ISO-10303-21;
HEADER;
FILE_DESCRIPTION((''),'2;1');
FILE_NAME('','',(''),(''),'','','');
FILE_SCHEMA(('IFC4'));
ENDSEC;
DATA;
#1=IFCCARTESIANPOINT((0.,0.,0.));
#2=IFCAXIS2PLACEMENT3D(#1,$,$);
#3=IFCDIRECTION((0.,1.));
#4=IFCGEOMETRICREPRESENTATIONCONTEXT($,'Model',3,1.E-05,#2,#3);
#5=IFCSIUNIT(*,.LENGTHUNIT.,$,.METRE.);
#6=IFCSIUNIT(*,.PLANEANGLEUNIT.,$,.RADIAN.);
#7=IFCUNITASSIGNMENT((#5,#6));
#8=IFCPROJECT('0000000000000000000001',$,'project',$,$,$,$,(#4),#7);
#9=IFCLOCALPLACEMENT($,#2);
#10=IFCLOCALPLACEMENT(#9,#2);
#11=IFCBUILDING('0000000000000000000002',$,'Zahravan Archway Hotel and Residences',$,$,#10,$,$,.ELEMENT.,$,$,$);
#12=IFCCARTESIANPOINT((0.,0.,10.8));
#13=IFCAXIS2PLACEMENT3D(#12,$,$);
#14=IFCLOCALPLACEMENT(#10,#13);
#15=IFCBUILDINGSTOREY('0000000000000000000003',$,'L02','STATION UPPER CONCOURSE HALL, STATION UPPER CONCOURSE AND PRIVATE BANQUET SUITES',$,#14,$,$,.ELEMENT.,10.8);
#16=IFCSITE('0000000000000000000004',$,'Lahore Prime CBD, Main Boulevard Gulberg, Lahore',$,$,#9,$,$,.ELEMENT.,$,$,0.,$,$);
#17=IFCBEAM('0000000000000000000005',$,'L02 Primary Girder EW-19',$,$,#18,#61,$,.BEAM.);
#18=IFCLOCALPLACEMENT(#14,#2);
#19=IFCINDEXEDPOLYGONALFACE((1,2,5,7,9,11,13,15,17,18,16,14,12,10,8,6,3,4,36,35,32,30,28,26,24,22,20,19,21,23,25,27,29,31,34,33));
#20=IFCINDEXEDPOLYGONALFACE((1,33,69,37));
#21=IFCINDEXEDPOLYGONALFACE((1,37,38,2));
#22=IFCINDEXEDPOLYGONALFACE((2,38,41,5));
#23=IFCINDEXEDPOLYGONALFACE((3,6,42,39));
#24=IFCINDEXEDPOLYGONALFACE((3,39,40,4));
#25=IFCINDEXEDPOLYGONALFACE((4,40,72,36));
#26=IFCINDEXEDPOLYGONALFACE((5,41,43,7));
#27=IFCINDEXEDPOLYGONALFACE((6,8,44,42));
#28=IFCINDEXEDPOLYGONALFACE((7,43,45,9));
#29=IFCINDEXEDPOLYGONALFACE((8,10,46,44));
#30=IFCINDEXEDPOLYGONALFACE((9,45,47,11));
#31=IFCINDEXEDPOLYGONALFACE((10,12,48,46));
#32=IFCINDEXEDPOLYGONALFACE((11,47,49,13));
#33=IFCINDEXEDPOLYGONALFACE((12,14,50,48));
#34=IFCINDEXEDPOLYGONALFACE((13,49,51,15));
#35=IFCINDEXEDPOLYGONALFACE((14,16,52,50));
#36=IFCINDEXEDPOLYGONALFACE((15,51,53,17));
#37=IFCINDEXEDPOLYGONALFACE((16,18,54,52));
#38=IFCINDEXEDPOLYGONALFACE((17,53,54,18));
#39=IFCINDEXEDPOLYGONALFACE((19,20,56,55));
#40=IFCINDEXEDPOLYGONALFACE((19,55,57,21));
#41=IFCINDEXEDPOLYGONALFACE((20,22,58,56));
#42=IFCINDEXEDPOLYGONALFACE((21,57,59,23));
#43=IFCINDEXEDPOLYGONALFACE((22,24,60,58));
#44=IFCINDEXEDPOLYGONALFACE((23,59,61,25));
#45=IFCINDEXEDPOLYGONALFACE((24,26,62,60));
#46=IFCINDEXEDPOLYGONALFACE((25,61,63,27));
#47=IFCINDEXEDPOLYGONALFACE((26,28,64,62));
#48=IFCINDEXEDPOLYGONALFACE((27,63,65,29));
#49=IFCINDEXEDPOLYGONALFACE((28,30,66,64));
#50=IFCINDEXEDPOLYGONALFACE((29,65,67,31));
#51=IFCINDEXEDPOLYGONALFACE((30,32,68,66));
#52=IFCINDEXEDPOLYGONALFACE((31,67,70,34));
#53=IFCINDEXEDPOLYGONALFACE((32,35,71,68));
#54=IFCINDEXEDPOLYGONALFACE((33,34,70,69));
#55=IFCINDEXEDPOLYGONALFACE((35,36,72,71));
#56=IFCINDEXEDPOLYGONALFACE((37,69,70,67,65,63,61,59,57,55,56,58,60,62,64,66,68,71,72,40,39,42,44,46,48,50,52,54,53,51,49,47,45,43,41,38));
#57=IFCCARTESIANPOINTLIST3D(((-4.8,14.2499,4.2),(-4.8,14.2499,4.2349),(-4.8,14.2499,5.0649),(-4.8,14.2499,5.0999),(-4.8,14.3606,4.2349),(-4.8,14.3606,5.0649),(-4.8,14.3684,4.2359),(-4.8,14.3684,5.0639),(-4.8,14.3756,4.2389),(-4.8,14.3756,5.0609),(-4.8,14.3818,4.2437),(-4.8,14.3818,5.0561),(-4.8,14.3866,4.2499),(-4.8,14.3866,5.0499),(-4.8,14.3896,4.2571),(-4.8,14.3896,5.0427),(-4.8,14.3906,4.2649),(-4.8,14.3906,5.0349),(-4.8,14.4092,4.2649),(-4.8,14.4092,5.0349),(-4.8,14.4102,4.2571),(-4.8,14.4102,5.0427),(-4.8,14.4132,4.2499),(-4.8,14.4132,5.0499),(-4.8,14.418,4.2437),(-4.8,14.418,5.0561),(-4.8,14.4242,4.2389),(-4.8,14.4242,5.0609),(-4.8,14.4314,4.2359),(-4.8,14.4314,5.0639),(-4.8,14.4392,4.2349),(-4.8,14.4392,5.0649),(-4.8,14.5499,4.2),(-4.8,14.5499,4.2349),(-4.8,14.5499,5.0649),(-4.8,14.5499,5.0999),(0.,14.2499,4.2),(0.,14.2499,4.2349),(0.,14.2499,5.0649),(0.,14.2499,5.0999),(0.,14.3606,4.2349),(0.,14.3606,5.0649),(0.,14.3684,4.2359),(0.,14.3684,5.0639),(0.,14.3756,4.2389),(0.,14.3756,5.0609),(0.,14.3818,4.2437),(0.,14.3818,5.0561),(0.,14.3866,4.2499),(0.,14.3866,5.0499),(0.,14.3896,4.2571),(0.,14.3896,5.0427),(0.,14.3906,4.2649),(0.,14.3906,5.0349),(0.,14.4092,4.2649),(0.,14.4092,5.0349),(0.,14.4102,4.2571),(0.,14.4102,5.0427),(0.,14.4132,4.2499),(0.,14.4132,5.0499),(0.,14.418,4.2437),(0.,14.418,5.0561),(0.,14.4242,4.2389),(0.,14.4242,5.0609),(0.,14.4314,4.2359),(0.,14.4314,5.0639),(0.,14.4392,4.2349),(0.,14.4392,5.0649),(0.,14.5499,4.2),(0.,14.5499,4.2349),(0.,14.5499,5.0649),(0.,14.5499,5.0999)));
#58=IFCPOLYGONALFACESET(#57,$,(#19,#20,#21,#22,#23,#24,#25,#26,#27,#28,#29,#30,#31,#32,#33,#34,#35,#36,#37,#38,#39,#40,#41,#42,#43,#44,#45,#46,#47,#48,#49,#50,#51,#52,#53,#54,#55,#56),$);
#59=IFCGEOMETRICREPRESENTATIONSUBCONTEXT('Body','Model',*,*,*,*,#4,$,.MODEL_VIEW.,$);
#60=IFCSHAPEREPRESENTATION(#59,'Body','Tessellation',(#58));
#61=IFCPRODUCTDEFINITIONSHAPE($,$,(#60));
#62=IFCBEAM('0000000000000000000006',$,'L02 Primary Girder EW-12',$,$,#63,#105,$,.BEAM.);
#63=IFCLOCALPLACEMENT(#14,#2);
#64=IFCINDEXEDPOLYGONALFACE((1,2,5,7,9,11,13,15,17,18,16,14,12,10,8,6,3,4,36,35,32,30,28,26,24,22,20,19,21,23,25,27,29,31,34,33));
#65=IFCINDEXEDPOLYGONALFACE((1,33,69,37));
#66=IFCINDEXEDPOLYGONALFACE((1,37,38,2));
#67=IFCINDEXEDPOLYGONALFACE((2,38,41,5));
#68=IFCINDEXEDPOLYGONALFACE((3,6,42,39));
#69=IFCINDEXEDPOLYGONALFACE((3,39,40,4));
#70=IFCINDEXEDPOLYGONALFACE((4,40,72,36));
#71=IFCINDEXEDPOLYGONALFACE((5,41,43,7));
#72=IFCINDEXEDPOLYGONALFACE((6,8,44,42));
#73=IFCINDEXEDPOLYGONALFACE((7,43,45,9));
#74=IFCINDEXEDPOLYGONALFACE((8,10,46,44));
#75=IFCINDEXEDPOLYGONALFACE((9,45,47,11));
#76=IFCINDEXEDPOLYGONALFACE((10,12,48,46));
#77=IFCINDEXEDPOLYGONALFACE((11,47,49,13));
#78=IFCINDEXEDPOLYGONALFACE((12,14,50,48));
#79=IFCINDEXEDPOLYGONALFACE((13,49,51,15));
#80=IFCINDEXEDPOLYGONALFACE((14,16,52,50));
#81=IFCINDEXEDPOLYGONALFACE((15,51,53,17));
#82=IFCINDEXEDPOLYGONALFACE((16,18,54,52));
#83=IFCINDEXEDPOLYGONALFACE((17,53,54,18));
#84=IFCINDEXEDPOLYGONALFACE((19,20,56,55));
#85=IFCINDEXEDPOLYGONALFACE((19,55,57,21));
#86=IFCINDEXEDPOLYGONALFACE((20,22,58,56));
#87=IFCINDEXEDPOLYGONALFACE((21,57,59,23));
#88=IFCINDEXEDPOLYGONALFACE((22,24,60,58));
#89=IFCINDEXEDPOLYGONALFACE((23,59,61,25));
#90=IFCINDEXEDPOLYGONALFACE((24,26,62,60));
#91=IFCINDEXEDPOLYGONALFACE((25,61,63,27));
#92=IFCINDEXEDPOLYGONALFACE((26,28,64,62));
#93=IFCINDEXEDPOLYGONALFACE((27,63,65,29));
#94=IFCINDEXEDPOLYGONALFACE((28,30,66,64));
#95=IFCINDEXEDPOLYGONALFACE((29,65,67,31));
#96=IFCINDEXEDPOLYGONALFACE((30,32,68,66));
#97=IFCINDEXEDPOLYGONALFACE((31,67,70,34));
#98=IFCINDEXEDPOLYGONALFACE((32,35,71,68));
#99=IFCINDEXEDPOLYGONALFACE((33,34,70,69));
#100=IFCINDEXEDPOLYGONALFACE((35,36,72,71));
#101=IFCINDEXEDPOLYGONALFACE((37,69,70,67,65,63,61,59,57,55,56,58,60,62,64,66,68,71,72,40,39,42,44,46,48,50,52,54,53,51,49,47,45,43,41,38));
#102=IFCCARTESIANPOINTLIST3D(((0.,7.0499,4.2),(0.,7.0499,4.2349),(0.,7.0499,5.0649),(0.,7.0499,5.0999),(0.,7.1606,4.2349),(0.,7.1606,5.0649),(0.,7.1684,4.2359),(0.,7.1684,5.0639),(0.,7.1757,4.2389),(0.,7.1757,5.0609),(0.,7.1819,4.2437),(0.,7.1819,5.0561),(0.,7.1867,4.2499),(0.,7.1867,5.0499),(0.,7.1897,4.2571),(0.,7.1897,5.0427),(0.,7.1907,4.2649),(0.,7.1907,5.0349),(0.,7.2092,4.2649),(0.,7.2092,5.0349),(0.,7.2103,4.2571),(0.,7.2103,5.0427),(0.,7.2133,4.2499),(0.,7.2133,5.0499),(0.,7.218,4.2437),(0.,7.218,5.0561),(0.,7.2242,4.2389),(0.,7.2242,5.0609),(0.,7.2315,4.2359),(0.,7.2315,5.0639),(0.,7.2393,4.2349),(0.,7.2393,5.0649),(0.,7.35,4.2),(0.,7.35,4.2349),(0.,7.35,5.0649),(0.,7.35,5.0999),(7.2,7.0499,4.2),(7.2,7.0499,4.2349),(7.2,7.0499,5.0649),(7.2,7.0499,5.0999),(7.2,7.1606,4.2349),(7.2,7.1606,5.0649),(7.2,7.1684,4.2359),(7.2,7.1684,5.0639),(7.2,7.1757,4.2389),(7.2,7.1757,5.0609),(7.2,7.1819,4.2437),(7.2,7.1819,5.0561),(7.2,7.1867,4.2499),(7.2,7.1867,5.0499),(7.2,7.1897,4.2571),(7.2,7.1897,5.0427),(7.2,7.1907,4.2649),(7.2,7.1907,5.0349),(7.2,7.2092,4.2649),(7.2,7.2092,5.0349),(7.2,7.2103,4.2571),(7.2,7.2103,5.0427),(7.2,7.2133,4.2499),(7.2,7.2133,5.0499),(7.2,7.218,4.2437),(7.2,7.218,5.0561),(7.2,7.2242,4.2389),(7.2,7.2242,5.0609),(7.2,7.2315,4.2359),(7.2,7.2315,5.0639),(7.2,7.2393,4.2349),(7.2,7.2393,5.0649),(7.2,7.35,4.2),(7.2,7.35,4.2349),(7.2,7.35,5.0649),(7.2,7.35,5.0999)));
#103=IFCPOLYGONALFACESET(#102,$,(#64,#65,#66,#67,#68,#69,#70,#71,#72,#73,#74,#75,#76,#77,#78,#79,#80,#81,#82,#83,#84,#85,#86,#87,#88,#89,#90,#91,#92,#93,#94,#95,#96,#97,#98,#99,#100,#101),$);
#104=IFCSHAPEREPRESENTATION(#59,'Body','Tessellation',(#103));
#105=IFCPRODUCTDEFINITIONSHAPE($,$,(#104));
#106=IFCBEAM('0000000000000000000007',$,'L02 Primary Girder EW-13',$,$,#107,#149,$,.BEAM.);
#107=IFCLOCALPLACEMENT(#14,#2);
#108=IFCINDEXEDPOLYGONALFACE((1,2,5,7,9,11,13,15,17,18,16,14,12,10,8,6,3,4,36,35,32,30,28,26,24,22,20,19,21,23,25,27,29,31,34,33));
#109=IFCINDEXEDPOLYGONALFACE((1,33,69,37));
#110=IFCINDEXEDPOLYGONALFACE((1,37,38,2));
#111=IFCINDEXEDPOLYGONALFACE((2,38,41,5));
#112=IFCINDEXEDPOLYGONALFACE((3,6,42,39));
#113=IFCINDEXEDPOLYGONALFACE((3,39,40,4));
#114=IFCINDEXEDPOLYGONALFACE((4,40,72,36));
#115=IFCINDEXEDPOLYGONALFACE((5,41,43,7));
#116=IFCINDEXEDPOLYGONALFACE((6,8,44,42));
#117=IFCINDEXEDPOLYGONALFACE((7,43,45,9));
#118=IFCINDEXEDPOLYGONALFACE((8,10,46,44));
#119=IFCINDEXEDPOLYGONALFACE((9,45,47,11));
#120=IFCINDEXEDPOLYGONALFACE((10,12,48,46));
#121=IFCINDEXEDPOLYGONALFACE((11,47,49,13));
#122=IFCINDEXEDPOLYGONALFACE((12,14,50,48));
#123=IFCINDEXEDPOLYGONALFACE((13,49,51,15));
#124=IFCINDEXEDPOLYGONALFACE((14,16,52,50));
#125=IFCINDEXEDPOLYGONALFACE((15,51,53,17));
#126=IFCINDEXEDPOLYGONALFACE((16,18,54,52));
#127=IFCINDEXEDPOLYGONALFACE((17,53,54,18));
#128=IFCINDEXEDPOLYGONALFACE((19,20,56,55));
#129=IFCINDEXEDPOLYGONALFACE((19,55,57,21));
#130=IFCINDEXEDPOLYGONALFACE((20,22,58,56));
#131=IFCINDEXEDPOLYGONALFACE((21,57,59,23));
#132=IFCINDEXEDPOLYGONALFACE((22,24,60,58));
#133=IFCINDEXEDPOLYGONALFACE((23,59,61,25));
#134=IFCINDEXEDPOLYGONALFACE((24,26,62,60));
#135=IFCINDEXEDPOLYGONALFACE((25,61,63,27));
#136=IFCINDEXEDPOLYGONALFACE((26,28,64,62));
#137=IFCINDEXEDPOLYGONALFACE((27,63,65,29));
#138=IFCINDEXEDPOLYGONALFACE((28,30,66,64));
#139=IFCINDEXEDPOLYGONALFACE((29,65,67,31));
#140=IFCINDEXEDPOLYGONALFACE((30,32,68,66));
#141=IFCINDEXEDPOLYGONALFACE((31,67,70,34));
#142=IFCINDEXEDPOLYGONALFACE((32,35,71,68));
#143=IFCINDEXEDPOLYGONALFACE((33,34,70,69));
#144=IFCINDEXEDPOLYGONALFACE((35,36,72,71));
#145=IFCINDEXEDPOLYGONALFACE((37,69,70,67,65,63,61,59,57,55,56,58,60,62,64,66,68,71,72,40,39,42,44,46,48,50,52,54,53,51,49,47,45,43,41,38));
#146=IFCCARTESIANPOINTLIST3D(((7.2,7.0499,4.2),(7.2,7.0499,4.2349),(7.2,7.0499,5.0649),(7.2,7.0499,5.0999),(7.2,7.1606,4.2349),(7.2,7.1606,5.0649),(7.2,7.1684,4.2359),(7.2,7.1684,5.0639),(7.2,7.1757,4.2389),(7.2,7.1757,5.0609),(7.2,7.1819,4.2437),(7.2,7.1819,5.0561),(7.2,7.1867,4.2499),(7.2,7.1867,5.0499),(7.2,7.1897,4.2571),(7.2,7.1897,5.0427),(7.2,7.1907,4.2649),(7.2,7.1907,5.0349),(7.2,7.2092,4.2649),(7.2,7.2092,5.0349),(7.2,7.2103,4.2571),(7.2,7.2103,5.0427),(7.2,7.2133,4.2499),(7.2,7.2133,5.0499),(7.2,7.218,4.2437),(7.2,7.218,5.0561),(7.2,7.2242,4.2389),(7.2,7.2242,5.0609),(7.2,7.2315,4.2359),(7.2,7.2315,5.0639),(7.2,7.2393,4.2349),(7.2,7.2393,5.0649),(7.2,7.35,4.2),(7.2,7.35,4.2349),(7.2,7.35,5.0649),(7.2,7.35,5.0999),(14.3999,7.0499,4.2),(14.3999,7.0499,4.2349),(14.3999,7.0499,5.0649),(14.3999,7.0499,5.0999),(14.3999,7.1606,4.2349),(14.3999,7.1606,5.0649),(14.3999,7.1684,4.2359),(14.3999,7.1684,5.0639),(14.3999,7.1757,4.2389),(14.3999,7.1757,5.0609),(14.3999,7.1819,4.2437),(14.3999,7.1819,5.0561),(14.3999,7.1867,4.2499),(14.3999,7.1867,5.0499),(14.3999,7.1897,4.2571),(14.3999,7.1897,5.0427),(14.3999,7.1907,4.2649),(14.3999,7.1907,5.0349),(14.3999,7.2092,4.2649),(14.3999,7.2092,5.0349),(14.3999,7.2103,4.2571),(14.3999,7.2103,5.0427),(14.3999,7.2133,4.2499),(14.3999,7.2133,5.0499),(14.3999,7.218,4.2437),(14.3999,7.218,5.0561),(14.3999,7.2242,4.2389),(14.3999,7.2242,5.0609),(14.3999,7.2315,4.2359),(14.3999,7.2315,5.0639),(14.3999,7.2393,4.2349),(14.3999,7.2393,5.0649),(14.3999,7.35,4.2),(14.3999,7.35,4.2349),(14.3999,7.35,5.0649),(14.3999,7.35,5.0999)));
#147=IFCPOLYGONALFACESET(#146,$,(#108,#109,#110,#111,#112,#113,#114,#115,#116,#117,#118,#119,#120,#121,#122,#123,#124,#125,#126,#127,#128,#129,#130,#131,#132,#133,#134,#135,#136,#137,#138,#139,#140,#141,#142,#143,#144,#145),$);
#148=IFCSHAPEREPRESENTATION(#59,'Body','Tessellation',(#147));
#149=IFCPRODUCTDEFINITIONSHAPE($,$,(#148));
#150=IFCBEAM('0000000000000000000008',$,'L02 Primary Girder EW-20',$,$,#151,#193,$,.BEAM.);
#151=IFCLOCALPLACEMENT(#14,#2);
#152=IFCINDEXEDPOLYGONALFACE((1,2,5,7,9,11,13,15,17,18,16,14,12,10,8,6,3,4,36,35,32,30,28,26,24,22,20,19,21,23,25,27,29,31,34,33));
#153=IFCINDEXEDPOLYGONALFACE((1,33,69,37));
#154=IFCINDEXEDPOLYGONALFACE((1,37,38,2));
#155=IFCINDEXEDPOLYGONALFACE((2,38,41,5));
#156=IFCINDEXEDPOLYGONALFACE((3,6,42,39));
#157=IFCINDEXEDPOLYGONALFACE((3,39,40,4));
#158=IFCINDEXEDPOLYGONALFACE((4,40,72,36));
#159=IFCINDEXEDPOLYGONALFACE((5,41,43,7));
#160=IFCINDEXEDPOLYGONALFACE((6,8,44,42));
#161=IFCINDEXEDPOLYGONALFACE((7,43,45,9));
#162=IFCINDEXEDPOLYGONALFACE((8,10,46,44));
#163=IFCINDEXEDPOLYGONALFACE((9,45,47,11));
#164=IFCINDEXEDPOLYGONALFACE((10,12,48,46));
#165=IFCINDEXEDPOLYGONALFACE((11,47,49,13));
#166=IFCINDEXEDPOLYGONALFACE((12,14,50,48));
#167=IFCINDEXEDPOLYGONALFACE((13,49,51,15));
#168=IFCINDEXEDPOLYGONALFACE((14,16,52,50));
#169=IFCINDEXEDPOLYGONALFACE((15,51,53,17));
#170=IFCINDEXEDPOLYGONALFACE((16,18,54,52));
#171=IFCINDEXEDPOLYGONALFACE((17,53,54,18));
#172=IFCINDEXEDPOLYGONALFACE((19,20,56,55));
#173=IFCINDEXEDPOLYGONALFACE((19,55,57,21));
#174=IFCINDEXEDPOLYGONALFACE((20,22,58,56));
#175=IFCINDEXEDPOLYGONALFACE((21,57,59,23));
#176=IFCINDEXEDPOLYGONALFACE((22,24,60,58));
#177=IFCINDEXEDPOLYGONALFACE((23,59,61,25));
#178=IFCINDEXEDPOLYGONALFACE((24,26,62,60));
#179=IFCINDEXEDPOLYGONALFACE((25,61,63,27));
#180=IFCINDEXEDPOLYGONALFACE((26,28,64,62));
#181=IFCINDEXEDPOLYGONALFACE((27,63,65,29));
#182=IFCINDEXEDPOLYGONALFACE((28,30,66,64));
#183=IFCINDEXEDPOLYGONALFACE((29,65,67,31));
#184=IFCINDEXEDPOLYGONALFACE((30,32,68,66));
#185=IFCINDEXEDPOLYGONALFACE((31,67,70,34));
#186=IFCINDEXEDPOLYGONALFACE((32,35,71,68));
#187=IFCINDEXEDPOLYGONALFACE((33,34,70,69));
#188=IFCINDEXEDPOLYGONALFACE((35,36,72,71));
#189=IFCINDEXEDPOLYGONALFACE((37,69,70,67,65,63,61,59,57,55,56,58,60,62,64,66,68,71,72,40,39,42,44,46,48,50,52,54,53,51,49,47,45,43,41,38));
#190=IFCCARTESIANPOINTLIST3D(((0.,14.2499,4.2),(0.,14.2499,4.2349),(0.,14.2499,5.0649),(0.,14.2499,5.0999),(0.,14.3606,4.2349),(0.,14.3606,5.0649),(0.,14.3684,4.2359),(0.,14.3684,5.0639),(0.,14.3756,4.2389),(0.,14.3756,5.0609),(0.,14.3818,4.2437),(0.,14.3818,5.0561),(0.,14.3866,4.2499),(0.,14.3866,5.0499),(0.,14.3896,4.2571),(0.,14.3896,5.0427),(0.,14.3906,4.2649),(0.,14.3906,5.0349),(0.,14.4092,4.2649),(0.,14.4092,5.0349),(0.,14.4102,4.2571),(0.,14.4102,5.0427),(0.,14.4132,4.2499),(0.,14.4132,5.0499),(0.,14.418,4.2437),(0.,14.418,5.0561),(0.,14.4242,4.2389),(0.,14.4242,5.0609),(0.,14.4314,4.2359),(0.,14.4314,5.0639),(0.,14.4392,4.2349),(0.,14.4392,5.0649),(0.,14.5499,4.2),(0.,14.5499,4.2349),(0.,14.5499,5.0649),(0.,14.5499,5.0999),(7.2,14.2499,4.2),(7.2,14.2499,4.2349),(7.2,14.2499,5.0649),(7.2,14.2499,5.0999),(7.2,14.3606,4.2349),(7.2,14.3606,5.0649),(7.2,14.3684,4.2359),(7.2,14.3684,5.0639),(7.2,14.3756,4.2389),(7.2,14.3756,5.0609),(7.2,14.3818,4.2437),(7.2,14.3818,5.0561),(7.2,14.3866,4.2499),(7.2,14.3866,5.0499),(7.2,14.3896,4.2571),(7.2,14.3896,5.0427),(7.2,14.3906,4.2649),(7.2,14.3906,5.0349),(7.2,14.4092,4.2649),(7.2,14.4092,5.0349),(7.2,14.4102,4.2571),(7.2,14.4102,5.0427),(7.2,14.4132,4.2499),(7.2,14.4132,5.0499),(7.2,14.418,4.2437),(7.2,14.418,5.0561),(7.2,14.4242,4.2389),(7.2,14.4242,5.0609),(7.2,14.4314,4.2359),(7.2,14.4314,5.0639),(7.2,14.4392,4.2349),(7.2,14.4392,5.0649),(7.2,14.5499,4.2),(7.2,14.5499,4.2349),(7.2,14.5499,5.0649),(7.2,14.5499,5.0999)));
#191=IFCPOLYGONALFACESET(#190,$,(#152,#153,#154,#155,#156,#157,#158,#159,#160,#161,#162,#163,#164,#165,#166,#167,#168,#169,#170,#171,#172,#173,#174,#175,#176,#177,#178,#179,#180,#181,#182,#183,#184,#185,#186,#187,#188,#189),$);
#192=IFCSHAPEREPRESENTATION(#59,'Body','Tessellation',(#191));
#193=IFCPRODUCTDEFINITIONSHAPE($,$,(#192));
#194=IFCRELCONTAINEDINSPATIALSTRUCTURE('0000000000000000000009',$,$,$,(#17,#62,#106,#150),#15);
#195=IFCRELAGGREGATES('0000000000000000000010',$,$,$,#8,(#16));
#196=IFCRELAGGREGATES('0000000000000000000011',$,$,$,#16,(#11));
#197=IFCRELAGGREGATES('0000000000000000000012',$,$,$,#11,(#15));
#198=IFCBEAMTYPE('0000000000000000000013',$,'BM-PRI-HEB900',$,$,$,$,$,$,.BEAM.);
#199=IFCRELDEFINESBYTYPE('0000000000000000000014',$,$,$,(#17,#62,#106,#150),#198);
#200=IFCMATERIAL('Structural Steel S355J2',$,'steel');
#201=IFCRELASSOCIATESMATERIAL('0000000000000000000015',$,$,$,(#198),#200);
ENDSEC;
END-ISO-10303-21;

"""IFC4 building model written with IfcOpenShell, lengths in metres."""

from ifc_helpers import new_model, si_unit, direction, frame, origin, origin_2d, place, context, subcontext, project, spatial, i_section, extrude, source, transform, mapped, material, material_profile, profile_set, type_object, type_shapes, element, save


model = new_model("IFC4")

# Units and contexts
model_context = context("Model", 3, precision=1e-05, world=origin(), true_north=direction((0.0, 1.0)))
body_context = subcontext(model_context, "Body", "Model", "MODEL_VIEW")
ifc_project = project(units=[si_unit("LENGTHUNIT", "METRE"), si_unit("PLANEANGLEUNIT", "RADIAN")], contexts=[model_context])

# Site, building, storey
site_placement = place(None, origin())
site = spatial("IfcSite", under=ifc_project, at=site_placement, Name="Lahore Prime CBD, Main Boulevard Gulberg, Lahore", CompositionType="ELEMENT", RefElevation=0.0)
building_placement = place(site_placement, origin())
building = spatial("IfcBuilding", under=site, at=building_placement, Name="Zahravan Archway Hotel and Residences", CompositionType="ELEMENT")
storey_placement = place(building_placement, frame((0.0, 0.0, 10.8)))
storey = spatial("IfcBuildingStorey", under=building, at=storey_placement, Name="L02", Description="STATION UPPER CONCOURSE HALL, STATION UPPER CONCOURSE AND PRIVATE BANQUET SUITES", CompositionType="ELEMENT", Elevation=10.8)

# Beams
ifc_material_1 = material(Name="Structural Steel S355J2", Category="steel")
ifc_material_profile_1 = material_profile(ifc_material_1, i_section(OverallWidth=0.3, OverallDepth=0.8999, WebThickness=0.0186, FlangeThickness=0.0349, FilletRadius=0.03, at=origin_2d()), Name="HEB 900", Category="steel")
ifc_profile_set_1 = profile_set([ifc_material_profile_1], Name="Structural Steel S355J2")
beam_type_1 = type_object("IfcBeamType", Name="BM-PRI-HEB900", PredefinedType="BEAM", material=ifc_profile_set_1)
shared_shape_1 = source(origin(), body_context, "Body", "SweptSolid", [
    extrude(i_section(OverallWidth=0.3, OverallDepth=0.8999, WebThickness=0.0186, FlangeThickness=0.0349, FilletRadius=0.03, at=origin_2d()), origin(), (0.0, 0.0, 1.0), 4.8),
])
type_shapes(beam_type_1, [shared_shape_1])
for number, where, z_axis, x_axis, name in (
    (1, (-4.8, 14.3999, 4.6499), (1.0, 0.0, 0.0), (0.0, 1.0, 0.0), "L02 Primary Girder EW-19"),
):
    element("IfcBeam", number, at=place(storey_placement, frame(where, z_axis=z_axis, x_axis=x_axis)), inside=storey, type_object=beam_type_1, Name=name, PredefinedType="BEAM", context=body_context, shape_type="MappedRepresentation", body=[
        mapped(shared_shape_1, transform((0.0, 0.0, 0.0), scale=1.0)),
    ])
shared_shape_2 = source(origin(), body_context, "Body", "SweptSolid", [
    extrude(i_section(OverallWidth=0.3, OverallDepth=0.8999, WebThickness=0.0186, FlangeThickness=0.0349, FilletRadius=0.03, at=origin_2d()), origin(), (0.0, 0.0, 1.0), 7.2),
])
for number, where, z_axis, x_axis, name in (
    (2, (0.0, 7.2, 4.6499), (1.0, 0.0, 0.0), (0.0, 1.0, 0.0), "L02 Primary Girder EW-12"),
    (3, (7.2, 7.2, 4.6499), (1.0, 0.0, 0.0), (0.0, 1.0, 0.0), "L02 Primary Girder EW-13"),
    (4, (0.0, 14.3999, 4.6499), (1.0, 0.0, 0.0), (0.0, 1.0, 0.0), "L02 Primary Girder EW-20"),
):
    element("IfcBeam", number, at=place(storey_placement, frame(where, z_axis=z_axis, x_axis=x_axis)), inside=storey, type_object=beam_type_1, Name=name, PredefinedType="BEAM", context=body_context, shape_type="MappedRepresentation", body=[
        mapped(shared_shape_2, transform((0.0, 0.0, 0.0), scale=1.0)),
    ])

save(model, "model.ifc")
